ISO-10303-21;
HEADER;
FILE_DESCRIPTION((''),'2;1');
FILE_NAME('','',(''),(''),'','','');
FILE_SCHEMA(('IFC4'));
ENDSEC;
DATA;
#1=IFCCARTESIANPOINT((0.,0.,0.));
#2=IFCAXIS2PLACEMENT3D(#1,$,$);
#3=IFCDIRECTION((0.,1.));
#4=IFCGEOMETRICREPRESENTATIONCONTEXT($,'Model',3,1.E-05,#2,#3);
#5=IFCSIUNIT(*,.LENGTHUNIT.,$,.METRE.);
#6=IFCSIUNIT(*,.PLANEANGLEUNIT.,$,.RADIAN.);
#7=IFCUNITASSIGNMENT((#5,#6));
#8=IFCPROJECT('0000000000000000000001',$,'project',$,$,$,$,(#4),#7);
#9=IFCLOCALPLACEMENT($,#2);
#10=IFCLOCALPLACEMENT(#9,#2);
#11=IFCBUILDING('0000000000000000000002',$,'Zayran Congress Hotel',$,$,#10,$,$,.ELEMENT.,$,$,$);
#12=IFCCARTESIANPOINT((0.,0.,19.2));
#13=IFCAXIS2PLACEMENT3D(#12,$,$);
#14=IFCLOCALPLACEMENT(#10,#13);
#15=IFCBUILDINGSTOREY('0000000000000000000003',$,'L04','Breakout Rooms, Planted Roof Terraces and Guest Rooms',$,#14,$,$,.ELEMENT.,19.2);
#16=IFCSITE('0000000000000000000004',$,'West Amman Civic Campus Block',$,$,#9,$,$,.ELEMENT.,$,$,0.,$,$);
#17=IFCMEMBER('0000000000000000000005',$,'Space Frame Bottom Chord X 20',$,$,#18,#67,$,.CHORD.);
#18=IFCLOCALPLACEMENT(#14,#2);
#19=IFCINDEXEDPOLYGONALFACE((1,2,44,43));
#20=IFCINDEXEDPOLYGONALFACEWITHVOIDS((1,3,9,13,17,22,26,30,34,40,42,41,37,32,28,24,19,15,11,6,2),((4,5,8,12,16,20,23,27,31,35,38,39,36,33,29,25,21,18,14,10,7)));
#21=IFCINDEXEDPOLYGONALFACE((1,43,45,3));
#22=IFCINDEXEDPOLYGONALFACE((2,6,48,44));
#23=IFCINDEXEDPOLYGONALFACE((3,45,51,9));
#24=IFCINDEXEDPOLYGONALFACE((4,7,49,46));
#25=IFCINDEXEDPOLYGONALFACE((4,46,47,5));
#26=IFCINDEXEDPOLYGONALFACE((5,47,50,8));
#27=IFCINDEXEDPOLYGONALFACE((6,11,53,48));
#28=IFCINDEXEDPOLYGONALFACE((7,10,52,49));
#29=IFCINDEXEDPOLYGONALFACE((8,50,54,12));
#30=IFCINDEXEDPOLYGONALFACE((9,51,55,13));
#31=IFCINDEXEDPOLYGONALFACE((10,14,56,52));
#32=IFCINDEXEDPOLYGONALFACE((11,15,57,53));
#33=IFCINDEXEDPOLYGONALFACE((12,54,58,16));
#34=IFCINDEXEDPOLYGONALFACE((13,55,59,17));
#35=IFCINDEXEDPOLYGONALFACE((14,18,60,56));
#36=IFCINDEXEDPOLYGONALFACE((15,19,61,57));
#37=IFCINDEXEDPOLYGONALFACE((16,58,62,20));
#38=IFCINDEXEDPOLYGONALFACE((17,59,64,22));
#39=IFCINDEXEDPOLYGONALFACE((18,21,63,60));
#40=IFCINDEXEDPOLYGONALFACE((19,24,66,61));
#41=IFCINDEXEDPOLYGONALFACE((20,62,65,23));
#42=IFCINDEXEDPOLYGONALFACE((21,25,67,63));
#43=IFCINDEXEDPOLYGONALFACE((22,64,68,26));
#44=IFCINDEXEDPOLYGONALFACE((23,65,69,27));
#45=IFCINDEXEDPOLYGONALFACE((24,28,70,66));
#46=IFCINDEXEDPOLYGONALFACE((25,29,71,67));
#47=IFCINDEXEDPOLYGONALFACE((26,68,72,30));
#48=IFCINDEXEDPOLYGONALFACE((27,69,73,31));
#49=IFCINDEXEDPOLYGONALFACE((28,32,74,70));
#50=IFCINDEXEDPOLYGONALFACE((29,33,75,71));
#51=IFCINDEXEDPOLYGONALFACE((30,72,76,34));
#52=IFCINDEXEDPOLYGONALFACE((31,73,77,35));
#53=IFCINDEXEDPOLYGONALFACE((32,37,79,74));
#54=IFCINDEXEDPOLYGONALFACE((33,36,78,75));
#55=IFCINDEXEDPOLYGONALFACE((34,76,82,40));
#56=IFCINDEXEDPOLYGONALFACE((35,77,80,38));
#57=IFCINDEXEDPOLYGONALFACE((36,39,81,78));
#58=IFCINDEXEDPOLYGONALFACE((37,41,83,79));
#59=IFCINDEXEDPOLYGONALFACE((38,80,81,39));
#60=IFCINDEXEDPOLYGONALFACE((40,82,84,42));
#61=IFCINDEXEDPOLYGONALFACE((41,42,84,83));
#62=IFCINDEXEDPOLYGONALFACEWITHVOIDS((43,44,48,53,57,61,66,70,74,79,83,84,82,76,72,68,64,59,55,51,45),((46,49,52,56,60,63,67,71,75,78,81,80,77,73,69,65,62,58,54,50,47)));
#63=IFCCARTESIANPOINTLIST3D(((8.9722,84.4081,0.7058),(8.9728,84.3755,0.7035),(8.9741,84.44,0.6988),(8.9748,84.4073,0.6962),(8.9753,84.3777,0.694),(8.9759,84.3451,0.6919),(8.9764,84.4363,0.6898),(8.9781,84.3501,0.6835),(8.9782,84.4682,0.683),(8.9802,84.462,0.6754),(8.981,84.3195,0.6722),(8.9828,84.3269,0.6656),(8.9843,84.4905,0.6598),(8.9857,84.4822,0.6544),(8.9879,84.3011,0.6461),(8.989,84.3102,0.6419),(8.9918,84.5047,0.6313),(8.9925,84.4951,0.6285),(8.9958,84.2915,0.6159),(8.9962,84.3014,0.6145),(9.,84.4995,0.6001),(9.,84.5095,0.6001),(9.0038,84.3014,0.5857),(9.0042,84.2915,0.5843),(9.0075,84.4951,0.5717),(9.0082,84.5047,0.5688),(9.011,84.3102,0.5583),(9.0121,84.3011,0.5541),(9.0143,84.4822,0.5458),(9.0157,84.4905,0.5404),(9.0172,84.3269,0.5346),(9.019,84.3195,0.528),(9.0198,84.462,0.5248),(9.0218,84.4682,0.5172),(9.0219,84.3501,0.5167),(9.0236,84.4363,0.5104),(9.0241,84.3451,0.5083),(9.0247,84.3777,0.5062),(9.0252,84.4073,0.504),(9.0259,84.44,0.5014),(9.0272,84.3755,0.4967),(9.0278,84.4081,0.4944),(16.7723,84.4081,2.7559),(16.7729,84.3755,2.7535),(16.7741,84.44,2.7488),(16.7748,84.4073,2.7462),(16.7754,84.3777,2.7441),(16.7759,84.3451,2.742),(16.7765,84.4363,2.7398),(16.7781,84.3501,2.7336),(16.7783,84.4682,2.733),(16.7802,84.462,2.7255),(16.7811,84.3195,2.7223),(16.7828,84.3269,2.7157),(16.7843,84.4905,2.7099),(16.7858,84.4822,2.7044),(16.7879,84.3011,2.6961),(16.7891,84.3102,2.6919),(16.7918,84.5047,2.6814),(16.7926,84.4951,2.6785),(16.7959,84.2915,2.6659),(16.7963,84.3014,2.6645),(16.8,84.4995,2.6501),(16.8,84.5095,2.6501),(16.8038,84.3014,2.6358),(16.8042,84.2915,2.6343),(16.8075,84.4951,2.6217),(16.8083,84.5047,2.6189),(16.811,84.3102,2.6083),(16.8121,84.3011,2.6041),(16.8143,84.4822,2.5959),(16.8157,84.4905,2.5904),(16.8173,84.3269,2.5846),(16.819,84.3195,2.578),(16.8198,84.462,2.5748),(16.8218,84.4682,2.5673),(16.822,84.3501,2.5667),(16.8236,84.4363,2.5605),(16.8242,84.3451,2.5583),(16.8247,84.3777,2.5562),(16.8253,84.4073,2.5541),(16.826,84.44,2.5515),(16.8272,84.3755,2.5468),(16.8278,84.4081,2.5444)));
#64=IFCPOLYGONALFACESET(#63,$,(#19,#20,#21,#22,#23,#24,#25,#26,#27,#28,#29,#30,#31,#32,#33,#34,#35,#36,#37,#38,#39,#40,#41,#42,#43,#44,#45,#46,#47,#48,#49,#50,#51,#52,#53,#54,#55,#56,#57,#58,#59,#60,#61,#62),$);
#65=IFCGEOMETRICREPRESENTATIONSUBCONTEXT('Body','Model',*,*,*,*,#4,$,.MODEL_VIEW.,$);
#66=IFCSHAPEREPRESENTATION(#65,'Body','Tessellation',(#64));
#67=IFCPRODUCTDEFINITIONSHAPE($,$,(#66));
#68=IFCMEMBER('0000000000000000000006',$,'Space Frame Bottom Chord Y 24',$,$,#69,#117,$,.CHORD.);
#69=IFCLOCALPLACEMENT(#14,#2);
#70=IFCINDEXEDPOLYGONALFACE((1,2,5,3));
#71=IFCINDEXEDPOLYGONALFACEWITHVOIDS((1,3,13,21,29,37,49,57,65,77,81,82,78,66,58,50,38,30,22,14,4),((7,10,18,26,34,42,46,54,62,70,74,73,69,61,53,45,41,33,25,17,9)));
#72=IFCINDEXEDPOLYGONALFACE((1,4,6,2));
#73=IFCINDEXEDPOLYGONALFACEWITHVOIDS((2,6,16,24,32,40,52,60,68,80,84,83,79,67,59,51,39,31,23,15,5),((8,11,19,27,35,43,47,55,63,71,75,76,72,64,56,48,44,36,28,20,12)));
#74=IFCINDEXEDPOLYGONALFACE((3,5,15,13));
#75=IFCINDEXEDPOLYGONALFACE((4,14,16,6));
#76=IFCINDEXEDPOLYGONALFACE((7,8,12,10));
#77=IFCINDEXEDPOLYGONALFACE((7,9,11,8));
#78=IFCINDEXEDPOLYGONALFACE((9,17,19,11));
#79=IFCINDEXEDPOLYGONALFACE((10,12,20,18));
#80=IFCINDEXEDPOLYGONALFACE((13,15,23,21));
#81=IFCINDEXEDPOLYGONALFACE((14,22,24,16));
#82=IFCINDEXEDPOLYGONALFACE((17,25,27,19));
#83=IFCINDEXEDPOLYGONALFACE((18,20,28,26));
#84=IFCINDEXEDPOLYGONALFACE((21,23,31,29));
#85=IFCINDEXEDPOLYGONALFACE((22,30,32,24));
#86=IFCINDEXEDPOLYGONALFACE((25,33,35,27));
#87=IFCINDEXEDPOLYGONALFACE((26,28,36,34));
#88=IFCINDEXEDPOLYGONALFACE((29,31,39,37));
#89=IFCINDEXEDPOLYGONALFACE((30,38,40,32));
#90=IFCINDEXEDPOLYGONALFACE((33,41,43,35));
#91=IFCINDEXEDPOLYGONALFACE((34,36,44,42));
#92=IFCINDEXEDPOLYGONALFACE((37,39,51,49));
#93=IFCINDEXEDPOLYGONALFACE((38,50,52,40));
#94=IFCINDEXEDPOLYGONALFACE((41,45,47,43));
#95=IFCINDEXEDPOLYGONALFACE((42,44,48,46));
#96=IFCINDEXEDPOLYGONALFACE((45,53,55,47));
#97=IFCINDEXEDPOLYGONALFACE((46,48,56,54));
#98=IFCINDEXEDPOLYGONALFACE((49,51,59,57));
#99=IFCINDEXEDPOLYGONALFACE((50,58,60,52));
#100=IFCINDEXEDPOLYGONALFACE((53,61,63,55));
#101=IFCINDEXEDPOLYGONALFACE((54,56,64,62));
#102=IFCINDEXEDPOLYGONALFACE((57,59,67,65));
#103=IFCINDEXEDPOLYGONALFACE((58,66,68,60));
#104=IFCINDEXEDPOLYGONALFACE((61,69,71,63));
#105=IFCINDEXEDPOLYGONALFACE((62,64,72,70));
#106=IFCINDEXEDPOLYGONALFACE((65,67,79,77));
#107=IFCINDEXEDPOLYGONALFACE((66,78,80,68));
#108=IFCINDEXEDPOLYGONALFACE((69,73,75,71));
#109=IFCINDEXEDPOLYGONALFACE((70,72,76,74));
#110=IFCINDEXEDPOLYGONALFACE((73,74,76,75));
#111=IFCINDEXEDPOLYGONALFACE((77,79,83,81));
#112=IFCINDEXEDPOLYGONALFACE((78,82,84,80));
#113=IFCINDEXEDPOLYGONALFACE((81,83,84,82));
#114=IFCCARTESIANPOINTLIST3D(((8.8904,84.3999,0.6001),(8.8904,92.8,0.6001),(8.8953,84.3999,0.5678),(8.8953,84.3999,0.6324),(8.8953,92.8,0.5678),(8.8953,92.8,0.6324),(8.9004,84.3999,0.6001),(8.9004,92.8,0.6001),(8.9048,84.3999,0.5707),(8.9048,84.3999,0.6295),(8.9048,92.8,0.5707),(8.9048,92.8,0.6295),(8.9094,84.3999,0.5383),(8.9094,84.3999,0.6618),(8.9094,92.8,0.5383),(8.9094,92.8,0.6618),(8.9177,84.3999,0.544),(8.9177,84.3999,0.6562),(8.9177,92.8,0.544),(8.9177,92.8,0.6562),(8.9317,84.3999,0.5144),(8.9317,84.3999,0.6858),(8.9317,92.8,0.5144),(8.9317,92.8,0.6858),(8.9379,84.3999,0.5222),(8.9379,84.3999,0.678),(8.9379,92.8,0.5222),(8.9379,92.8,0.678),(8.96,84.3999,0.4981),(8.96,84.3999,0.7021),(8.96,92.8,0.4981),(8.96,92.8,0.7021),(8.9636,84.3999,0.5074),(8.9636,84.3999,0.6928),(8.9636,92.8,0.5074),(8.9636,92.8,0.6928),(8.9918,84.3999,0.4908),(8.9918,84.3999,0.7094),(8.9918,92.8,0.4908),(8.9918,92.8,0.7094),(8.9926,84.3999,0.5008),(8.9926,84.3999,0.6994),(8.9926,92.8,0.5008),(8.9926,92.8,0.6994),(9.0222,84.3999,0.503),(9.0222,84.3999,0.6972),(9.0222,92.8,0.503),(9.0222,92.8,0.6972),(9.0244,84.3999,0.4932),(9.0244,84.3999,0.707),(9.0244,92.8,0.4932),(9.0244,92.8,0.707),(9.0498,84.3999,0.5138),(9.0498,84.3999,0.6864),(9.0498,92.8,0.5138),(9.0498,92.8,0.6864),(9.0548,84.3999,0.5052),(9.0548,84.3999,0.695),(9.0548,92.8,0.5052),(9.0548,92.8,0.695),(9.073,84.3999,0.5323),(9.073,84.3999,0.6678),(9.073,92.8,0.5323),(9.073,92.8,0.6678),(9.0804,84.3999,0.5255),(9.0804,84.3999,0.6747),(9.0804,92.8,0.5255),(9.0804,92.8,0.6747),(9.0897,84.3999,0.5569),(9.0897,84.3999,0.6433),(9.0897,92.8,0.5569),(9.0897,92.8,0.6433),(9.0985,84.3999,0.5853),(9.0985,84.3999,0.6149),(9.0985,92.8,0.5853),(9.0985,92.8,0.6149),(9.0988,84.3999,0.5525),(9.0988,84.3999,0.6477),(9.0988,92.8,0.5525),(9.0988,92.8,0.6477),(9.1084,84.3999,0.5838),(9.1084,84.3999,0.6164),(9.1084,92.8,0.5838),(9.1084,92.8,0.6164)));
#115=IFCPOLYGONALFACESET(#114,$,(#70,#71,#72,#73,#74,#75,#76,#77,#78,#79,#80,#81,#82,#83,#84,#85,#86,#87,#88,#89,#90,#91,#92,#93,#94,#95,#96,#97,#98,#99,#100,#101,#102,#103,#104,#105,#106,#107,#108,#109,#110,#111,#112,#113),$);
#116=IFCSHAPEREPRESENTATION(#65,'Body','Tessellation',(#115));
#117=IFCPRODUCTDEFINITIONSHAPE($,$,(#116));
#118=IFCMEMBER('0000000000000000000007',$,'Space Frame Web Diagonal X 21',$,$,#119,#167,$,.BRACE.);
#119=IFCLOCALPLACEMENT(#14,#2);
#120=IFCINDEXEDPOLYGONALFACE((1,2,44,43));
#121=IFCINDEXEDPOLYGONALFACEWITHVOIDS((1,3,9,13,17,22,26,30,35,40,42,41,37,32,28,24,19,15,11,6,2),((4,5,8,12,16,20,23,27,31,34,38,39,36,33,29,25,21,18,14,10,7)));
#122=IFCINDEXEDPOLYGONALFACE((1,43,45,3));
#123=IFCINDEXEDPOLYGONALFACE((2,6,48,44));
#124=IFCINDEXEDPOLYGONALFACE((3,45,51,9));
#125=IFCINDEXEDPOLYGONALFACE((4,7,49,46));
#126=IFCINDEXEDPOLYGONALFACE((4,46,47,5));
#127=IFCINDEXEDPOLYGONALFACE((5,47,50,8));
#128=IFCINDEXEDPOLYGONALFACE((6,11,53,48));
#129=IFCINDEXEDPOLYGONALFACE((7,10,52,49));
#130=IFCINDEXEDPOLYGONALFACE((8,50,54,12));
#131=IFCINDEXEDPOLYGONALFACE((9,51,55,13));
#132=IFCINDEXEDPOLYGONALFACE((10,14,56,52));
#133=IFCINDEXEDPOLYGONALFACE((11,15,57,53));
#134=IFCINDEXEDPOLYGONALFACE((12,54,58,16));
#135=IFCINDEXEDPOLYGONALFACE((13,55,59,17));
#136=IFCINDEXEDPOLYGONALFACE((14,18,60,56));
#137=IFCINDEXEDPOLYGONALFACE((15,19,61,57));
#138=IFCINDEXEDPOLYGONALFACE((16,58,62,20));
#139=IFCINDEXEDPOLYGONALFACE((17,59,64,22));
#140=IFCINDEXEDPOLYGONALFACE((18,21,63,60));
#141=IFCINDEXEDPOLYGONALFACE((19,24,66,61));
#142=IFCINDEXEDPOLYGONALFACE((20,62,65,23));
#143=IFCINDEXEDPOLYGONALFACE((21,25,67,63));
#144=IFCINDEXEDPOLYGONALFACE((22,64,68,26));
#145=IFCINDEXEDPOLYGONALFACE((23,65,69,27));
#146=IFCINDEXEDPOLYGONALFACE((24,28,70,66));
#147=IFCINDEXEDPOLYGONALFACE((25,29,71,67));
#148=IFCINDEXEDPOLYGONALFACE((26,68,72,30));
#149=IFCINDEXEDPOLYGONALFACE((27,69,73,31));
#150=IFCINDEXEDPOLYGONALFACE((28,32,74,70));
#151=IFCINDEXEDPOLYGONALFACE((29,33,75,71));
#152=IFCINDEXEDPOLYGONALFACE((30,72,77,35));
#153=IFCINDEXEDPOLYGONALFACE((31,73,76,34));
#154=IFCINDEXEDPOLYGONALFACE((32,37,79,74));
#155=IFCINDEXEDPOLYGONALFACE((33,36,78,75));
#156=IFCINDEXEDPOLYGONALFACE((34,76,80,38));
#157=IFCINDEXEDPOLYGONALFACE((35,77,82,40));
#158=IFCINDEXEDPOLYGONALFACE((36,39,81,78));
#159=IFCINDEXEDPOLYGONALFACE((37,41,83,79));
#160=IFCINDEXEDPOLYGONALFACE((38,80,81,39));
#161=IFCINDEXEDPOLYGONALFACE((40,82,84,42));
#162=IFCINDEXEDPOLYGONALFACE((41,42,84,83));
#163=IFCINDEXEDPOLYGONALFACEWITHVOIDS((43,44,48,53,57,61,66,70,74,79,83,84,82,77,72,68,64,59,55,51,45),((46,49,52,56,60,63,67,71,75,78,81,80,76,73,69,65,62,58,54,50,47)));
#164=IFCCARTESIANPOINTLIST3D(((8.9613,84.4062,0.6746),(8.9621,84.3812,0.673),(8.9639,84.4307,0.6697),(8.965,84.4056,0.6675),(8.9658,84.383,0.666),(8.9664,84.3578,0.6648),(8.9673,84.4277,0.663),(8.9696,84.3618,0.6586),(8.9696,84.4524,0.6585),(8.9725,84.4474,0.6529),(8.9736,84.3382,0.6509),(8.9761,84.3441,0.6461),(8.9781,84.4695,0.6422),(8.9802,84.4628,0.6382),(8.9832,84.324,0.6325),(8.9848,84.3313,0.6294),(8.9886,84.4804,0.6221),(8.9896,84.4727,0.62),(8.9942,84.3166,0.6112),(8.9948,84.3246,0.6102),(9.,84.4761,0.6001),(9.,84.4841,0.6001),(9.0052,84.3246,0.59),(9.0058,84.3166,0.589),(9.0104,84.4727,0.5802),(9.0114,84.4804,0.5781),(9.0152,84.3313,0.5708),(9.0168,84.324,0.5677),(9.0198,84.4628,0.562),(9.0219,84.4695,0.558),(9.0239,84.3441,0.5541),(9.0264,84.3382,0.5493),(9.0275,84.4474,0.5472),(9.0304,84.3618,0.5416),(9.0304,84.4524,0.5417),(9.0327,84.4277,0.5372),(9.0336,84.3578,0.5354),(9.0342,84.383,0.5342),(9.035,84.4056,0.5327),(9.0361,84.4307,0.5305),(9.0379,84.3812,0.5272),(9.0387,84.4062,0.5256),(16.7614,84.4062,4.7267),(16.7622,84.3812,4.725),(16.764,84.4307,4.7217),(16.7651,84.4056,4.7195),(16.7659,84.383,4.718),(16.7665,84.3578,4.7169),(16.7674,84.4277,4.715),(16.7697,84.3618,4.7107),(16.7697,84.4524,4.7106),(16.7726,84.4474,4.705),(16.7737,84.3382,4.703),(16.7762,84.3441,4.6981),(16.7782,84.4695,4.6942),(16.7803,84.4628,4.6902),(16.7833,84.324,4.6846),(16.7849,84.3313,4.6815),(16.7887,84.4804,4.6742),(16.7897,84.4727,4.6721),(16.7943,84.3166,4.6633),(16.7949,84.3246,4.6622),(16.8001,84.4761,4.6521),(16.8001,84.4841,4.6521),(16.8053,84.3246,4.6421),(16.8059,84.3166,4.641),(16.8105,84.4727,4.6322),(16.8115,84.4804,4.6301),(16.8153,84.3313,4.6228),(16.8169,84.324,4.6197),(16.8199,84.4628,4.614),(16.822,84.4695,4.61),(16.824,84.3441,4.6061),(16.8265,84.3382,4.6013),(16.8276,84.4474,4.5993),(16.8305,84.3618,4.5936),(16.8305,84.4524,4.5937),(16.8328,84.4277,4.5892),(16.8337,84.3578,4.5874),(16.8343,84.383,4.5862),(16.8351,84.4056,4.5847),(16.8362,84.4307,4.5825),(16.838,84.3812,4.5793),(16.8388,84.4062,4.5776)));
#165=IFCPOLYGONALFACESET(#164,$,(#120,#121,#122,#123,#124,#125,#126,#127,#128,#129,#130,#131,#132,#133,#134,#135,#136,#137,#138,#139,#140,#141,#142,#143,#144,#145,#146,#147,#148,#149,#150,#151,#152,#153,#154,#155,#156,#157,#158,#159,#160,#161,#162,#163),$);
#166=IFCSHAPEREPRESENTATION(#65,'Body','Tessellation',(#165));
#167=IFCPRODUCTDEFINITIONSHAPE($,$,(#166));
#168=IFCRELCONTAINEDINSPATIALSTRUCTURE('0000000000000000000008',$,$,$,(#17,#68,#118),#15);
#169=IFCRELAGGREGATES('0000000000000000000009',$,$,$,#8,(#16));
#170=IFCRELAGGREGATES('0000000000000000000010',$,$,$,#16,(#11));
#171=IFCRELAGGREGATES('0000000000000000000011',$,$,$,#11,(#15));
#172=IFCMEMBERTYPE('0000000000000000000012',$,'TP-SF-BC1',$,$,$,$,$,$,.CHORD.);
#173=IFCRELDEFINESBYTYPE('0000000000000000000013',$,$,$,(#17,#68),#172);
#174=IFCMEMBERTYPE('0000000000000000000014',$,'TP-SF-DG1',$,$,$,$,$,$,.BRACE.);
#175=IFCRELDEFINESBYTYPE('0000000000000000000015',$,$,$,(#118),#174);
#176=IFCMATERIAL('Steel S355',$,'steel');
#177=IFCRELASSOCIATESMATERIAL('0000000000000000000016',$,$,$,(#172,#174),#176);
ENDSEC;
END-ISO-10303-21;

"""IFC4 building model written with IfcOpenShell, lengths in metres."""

from ifc_helpers import new_model, si_unit, direction, frame, origin, origin_2d, place, context, subcontext, project, spatial, hollow_circle, extrude, material, material_profile, profile_set, type_object, element, save


model = new_model("IFC4")

# Units and contexts
model_context = context("Model", 3, precision=1e-05, world=origin(), true_north=direction((0.0, 1.0)))
body_context = subcontext(model_context, "Body", "Model", "MODEL_VIEW")
ifc_project = project(units=[si_unit("LENGTHUNIT", "METRE"), si_unit("PLANEANGLEUNIT", "RADIAN")], contexts=[model_context])

# Site, building, storey
site_placement = place(None, origin())
site = spatial("IfcSite", under=ifc_project, at=site_placement, Name="West Amman Civic Campus Block", CompositionType="ELEMENT", RefElevation=0.0)
building_placement = place(site_placement, origin())
building = spatial("IfcBuilding", under=site, at=building_placement, Name="Zayran Congress Hotel", CompositionType="ELEMENT")
storey_placement = place(building_placement, frame((0.0, 0.0, 19.2)))
storey = spatial("IfcBuildingStorey", under=building, at=storey_placement, Name="L04", Description="Breakout Rooms, Planted Roof Terraces and Guest Rooms", CompositionType="ELEMENT", Elevation=19.2)

# Shared definitions
ifc_material = material(Name="Steel S355", Category="steel")

# Members
ifc_material_profile_1 = material_profile(ifc_material, hollow_circle(Radius=0.1096, WallThickness=0.01, at=origin_2d()), Name="CHS 219.1x10")
ifc_profile_set_1 = profile_set([ifc_material_profile_1], Name="Steel S355")
member_type_1 = type_object("IfcMemberType", Name="TP-SF-BC1", PredefinedType="CHORD", material=ifc_profile_set_1)
member_1_placement = place(storey_placement, frame((9.0, 84.3999, 0.6001), z_axis=(0.967154, 0.0, 0.254192), x_axis=(0.0, 1.0, 0.0)))
element("IfcMember", 1, at=member_1_placement, inside=storey, type_object=member_type_1, Name="Space Frame Bottom Chord X 20", PredefinedType="CHORD", context=body_context, shape_type="SweptSolid", body=[
    extrude(hollow_circle(Radius=0.1096, WallThickness=0.01, at=origin_2d()), origin(), (0.0, 0.0, 1.0), 8.0649),
])
member_2_placement = place(storey_placement, frame((9.0, 84.3999, 0.6001), z_axis=(0.0, 1.0, 0.0), x_axis=(-1.0, 0.0, 0.0)))
element("IfcMember", 2, at=member_2_placement, inside=storey, type_object=member_type_1, Name="Space Frame Bottom Chord Y 24", PredefinedType="CHORD", context=body_context, shape_type="SweptSolid", body=[
    extrude(hollow_circle(Radius=0.1096, WallThickness=0.01, at=origin_2d()), origin(), (0.0, 0.0, 1.0), 8.4001),
])
ifc_material_profile_2 = material_profile(ifc_material, hollow_circle(Radius=0.0842, WallThickness=0.0081, at=origin_2d()), Name="CHS 168.3x8")
ifc_profile_set_2 = profile_set([ifc_material_profile_2], Name="Steel S355")
member_type_2 = type_object("IfcMemberType", Name="TP-SF-DG1", PredefinedType="BRACE", material=ifc_profile_set_2)
member_3_placement = place(storey_placement, frame((9.0, 84.3999, 0.6001), z_axis=(0.887404, 0.0, 0.460992), x_axis=(0.0, 1.0, 0.0)))
element("IfcMember", 3, at=member_3_placement, inside=storey, type_object=member_type_2, Name="Space Frame Web Diagonal X 21", PredefinedType="BRACE", context=body_context, shape_type="SweptSolid", body=[
    extrude(hollow_circle(Radius=0.0842, WallThickness=0.0081, at=origin_2d()), origin(), (0.0, 0.0, 1.0), 8.7898),
])

save(model, "model.ifc")
